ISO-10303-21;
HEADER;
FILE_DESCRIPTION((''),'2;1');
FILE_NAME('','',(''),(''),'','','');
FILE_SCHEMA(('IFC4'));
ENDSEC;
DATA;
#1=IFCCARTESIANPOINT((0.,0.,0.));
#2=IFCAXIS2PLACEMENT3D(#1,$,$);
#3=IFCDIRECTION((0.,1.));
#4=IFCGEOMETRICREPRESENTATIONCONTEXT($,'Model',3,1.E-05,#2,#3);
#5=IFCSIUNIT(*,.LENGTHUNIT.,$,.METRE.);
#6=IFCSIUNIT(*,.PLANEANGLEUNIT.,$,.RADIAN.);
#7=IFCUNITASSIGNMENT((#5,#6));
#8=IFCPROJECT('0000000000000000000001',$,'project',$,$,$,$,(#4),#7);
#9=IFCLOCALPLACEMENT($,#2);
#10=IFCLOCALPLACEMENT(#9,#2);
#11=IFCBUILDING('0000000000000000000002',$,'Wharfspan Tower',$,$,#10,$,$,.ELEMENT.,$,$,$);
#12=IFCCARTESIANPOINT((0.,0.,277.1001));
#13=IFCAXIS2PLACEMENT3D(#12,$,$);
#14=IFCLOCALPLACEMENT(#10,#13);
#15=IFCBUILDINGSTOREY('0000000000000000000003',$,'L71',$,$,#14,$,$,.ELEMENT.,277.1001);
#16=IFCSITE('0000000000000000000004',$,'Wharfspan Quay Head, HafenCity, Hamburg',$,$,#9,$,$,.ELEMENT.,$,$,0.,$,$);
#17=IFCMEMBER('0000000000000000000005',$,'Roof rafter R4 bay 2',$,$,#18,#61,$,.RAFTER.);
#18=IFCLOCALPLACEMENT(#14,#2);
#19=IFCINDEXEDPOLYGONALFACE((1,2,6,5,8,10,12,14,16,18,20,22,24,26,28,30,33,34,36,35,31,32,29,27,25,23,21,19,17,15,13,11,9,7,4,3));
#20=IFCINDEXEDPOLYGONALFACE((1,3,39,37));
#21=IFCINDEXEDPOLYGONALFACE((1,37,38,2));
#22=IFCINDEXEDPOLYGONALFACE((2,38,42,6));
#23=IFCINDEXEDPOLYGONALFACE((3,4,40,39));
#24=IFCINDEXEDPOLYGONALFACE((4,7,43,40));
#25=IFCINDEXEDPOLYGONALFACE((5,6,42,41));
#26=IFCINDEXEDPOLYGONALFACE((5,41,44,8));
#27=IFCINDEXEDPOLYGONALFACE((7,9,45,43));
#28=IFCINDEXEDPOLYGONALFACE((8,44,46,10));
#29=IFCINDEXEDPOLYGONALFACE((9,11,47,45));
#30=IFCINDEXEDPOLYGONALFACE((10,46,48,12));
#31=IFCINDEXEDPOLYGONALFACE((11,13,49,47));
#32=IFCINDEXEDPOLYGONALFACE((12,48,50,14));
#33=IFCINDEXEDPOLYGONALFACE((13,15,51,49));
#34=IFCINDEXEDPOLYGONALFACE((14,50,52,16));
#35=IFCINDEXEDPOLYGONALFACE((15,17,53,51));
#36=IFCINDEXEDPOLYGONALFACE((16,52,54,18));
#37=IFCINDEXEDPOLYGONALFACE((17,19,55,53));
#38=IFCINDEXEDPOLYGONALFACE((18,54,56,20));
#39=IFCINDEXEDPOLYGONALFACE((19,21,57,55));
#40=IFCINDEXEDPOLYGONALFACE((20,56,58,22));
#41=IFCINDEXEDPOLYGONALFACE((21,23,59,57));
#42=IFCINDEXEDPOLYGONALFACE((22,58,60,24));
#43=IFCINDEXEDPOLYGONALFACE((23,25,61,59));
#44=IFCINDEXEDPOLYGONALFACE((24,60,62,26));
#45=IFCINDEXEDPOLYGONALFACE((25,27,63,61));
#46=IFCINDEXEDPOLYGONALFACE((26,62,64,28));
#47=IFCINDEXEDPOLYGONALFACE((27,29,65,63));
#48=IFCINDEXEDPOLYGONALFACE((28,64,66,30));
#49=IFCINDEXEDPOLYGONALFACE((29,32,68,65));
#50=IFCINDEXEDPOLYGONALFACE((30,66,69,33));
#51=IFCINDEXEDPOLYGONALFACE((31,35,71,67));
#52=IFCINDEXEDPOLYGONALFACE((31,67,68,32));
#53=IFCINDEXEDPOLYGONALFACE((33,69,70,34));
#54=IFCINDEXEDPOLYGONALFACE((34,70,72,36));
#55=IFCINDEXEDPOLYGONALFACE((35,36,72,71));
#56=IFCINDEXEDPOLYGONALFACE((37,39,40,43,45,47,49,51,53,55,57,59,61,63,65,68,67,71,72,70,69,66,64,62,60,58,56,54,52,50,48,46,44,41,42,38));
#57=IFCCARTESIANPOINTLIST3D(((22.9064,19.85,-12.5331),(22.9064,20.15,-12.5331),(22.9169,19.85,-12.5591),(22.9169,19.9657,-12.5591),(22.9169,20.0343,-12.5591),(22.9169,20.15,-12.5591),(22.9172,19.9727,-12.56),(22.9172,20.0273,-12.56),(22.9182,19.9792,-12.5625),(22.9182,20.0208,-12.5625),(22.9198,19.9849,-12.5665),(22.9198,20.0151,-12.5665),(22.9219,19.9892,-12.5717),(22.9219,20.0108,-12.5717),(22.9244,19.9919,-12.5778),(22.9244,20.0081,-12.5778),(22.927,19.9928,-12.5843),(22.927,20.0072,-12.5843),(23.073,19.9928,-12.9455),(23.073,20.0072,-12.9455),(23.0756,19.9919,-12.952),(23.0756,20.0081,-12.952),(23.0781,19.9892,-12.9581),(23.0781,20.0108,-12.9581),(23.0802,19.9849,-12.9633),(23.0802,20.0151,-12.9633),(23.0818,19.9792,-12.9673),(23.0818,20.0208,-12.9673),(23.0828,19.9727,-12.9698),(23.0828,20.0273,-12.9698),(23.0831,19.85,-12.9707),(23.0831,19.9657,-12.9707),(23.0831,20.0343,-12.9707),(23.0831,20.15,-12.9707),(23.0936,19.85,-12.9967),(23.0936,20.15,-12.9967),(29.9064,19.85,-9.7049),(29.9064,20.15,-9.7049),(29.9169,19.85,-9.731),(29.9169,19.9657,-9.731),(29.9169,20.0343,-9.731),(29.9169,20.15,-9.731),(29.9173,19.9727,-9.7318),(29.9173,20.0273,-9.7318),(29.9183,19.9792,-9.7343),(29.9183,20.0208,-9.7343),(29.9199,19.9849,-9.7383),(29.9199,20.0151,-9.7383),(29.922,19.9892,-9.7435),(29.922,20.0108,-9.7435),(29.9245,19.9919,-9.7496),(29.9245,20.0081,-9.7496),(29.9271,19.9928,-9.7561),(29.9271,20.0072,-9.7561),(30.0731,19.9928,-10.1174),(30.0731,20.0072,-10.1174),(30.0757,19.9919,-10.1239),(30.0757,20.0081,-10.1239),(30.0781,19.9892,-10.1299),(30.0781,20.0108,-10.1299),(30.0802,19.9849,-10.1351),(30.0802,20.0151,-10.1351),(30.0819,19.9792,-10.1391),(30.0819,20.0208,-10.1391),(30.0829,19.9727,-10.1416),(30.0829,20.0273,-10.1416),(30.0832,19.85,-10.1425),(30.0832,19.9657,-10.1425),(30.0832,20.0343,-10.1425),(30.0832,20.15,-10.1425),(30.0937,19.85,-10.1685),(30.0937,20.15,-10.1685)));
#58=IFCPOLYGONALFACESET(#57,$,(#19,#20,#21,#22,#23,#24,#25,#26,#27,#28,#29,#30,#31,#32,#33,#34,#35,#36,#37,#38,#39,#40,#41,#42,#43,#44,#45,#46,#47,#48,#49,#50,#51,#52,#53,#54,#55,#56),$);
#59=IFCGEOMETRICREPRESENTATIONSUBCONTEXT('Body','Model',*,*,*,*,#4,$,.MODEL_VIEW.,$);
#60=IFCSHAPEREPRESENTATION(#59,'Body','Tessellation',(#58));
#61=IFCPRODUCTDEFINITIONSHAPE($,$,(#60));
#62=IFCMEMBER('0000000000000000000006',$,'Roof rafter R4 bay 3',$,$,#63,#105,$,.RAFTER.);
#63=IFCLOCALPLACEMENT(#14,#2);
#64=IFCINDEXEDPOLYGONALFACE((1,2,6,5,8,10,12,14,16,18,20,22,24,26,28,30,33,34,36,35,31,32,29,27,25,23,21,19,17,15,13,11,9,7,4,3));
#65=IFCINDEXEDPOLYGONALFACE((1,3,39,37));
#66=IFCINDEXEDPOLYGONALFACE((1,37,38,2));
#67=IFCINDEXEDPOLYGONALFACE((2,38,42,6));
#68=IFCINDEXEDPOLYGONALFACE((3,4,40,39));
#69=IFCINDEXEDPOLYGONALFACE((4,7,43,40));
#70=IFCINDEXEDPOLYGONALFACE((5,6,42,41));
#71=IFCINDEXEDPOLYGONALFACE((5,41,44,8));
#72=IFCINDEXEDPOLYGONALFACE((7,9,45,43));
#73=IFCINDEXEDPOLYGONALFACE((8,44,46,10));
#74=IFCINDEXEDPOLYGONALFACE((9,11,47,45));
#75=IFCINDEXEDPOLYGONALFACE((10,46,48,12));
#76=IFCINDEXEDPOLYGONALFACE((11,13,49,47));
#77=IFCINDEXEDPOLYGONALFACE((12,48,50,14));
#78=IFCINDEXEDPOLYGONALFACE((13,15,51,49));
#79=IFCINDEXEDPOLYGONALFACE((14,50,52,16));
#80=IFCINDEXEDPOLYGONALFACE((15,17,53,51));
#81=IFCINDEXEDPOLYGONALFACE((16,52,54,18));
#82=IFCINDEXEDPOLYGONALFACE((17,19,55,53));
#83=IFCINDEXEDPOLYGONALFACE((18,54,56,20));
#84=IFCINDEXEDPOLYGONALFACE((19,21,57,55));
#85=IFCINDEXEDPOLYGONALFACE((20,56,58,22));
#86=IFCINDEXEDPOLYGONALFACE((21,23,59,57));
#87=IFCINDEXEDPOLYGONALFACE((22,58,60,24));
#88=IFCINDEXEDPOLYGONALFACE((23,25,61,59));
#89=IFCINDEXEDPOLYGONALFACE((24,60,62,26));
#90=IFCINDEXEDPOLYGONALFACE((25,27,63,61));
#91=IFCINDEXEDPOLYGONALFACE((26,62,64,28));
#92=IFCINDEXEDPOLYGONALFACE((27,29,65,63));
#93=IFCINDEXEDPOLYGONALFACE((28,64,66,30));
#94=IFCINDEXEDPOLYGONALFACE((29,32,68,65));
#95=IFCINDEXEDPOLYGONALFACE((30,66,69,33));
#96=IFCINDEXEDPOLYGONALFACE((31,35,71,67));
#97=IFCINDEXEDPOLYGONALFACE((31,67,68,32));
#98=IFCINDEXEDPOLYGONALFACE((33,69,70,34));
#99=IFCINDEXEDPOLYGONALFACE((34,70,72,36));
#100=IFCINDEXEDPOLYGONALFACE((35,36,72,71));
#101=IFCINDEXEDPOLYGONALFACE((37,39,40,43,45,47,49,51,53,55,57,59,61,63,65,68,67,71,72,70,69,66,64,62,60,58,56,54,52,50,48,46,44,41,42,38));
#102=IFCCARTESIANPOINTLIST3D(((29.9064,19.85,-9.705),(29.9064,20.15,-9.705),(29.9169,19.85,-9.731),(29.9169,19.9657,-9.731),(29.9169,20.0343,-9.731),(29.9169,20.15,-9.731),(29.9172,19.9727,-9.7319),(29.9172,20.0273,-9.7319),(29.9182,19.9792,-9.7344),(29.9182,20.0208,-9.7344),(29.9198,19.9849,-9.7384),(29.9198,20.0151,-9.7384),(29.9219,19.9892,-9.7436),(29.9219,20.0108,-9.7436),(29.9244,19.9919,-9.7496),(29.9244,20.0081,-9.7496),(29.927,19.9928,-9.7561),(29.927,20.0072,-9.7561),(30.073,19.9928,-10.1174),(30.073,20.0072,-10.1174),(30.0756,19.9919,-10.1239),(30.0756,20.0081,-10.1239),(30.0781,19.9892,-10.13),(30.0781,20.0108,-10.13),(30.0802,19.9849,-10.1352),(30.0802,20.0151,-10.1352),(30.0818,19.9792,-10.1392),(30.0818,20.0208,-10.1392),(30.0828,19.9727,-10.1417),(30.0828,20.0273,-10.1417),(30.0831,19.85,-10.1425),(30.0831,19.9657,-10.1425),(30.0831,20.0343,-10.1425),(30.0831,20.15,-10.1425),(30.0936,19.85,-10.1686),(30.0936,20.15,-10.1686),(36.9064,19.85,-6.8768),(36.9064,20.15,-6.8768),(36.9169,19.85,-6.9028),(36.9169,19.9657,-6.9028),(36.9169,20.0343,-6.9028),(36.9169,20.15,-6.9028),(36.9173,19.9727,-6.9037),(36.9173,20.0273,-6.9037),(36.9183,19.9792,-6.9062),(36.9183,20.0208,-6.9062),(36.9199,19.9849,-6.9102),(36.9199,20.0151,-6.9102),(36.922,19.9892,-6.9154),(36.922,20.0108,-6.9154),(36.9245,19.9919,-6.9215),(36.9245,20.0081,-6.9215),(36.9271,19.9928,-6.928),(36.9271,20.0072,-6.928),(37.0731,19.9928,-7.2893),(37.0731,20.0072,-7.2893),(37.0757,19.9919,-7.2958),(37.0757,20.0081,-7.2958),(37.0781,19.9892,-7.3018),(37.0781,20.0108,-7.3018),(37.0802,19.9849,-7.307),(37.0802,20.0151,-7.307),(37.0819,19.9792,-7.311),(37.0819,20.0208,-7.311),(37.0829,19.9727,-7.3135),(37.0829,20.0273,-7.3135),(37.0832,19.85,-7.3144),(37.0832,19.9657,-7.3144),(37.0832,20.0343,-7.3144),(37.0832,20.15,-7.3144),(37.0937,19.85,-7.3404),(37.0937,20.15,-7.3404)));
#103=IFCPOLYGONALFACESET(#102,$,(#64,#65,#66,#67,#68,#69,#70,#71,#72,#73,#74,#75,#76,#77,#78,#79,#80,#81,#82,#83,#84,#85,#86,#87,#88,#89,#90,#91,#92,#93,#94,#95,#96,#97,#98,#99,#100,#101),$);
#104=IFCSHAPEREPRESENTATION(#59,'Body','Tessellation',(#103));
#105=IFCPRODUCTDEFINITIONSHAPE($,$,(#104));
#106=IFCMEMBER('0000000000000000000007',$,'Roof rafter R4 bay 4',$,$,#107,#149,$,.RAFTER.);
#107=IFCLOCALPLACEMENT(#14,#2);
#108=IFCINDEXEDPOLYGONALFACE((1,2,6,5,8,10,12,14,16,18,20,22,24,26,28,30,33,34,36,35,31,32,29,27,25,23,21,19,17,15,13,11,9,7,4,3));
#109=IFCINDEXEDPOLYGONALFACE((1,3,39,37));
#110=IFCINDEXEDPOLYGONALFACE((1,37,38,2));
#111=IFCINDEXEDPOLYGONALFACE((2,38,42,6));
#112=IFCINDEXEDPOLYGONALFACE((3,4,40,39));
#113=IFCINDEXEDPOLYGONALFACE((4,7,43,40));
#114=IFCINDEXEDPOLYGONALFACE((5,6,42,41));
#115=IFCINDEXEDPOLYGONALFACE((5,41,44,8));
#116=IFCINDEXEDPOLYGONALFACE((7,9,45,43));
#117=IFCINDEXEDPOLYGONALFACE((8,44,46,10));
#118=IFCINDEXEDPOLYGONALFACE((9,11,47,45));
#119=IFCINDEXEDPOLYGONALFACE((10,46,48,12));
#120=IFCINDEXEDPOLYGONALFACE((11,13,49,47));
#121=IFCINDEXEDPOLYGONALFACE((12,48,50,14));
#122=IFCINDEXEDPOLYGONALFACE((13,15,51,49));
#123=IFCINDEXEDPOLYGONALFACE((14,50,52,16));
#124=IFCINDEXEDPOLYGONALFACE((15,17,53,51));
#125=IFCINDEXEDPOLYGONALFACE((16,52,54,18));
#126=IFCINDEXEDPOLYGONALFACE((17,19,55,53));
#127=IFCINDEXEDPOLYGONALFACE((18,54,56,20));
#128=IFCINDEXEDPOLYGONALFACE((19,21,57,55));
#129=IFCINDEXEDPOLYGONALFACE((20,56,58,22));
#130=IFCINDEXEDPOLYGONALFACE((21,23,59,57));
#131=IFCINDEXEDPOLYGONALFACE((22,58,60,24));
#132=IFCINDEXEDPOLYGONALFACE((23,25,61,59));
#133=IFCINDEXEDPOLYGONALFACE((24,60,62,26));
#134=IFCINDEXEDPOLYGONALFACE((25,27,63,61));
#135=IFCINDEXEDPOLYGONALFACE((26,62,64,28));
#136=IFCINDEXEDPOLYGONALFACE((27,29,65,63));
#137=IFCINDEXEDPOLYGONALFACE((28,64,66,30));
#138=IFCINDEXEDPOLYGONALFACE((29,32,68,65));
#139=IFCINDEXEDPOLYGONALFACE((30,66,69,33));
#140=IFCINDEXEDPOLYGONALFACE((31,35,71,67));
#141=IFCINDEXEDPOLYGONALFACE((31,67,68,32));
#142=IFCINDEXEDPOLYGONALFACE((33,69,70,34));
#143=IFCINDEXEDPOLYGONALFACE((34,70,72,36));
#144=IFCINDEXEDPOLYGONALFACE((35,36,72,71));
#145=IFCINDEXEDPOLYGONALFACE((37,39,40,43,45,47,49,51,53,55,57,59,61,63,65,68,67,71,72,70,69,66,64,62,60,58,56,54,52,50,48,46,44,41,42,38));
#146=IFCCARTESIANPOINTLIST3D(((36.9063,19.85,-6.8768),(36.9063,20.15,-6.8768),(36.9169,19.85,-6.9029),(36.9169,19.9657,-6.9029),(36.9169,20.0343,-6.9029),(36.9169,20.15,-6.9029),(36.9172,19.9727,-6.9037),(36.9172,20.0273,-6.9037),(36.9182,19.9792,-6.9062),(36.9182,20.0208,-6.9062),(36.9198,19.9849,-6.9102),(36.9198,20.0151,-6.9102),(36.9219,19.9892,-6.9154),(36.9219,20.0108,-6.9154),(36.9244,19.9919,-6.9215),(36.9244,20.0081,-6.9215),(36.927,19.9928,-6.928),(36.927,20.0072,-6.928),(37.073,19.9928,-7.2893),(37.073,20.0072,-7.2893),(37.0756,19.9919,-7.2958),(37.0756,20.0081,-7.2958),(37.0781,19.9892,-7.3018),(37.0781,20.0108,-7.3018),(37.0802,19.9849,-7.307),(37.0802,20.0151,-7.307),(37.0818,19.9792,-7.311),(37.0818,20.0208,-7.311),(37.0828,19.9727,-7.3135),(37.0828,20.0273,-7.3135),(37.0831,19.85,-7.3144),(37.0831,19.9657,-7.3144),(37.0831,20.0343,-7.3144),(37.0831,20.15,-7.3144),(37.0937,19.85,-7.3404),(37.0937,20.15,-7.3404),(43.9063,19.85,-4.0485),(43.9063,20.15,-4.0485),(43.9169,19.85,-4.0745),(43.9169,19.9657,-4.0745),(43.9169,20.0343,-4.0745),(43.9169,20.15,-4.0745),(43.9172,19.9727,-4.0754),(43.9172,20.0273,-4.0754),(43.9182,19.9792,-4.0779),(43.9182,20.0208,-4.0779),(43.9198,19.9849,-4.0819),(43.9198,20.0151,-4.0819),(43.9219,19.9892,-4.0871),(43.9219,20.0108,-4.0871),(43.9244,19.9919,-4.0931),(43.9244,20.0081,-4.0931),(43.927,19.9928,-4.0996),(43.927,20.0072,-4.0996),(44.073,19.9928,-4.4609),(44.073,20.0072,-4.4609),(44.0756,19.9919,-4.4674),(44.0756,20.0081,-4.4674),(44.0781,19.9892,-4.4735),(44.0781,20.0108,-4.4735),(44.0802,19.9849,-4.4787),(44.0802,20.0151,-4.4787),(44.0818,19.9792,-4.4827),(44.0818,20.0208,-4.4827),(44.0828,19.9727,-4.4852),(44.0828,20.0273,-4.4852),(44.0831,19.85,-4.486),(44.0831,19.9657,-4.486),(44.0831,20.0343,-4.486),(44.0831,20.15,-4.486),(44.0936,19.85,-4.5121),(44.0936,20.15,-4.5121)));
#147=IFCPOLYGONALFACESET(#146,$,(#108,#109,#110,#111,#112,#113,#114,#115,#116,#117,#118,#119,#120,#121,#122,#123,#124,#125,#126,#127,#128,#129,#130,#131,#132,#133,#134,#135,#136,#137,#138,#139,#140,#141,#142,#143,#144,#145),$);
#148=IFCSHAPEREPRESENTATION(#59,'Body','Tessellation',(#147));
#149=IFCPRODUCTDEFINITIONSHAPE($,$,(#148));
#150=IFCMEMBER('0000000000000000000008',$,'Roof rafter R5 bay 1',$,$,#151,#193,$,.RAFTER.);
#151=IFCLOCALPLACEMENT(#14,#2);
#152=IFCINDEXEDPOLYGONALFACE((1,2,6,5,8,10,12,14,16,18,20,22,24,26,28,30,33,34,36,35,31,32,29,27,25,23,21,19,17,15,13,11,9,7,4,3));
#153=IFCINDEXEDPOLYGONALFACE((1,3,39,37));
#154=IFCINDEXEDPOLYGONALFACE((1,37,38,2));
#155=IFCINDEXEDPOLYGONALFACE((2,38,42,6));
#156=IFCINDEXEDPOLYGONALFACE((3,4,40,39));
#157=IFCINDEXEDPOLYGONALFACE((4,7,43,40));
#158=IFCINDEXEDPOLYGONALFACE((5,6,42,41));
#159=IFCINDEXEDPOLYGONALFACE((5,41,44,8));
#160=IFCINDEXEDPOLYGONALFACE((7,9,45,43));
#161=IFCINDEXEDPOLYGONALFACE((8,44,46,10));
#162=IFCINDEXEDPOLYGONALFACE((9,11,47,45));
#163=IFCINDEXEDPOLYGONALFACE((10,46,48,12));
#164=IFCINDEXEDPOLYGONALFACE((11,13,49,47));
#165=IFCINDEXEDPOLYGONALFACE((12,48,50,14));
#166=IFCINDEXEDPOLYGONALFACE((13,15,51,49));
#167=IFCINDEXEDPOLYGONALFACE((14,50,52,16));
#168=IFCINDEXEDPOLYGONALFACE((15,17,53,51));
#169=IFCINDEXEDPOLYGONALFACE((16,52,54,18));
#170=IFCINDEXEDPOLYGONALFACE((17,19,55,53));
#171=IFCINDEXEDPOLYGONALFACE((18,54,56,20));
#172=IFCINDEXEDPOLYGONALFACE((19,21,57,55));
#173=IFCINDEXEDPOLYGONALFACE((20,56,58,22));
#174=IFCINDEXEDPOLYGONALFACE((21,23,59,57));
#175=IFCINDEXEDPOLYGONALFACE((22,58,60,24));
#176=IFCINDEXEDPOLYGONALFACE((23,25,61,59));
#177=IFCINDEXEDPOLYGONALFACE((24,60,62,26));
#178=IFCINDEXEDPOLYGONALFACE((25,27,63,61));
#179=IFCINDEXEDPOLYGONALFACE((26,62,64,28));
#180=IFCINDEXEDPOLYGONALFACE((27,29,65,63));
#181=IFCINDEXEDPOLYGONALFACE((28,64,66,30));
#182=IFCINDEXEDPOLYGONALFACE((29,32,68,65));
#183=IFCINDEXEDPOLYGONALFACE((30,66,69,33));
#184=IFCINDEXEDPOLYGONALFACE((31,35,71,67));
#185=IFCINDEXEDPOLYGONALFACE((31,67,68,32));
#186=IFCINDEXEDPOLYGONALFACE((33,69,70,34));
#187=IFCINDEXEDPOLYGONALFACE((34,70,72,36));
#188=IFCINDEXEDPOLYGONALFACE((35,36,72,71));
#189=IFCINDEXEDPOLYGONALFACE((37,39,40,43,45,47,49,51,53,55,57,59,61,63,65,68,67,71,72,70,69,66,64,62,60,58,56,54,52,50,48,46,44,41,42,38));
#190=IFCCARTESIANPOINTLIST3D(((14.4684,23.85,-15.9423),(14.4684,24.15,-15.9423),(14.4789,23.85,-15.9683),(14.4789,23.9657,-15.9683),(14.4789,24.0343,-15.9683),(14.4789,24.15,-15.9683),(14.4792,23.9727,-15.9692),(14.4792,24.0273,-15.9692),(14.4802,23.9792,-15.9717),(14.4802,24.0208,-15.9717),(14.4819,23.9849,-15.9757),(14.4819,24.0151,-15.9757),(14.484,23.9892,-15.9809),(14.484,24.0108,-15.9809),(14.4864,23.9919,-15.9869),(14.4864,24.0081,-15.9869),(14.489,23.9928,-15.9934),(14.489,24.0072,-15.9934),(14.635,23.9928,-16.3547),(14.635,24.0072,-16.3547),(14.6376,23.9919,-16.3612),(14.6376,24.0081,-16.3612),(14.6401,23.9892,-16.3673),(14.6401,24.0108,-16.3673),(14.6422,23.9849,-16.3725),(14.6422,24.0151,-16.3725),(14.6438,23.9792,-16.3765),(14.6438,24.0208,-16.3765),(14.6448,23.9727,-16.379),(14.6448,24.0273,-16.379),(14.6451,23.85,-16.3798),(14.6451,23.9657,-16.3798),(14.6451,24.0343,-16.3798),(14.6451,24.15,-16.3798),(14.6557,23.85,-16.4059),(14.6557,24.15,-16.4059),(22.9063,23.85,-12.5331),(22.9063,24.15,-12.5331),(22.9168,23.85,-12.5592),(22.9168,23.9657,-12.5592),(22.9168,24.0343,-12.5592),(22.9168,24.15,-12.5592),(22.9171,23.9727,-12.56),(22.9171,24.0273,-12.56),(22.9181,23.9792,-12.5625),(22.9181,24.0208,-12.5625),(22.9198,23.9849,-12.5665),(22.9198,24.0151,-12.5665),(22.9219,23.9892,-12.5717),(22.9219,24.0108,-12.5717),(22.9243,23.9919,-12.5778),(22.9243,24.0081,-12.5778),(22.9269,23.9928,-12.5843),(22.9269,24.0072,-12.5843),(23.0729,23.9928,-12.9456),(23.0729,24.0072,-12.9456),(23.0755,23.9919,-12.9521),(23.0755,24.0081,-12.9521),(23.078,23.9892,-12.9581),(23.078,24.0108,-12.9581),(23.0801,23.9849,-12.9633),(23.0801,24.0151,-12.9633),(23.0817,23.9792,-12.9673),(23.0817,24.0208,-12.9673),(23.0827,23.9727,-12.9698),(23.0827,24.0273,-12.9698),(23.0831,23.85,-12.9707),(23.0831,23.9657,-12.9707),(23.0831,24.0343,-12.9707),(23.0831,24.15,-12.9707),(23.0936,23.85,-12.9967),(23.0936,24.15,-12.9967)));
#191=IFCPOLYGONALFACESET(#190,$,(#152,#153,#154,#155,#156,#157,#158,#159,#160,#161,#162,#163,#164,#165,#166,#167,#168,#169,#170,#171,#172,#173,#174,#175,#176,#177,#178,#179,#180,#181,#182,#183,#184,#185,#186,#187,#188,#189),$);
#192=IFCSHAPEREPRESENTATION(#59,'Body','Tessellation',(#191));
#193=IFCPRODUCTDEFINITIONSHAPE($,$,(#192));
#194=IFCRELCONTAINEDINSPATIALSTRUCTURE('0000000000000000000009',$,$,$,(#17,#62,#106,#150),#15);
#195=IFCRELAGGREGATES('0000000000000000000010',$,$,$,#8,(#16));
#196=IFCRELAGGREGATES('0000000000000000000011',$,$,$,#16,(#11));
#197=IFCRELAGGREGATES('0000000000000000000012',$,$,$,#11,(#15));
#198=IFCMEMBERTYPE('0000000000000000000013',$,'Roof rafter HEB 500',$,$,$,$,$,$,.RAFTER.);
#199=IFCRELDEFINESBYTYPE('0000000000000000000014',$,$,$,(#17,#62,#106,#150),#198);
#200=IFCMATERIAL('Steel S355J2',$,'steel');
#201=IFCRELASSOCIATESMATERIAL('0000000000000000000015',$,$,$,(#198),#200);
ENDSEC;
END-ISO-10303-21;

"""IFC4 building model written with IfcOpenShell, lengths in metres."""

from ifc_helpers import new_model, si_unit, direction, frame, origin, origin_2d, place, context, subcontext, project, spatial, i_section, extrude, material, material_profile, profile_set, type_object, element, save


model = new_model("IFC4")

# Units and contexts
model_context = context("Model", 3, precision=1e-05, world=origin(), true_north=direction((0.0, 1.0)))
body_context = subcontext(model_context, "Body", "Model", "MODEL_VIEW")
ifc_project = project(units=[si_unit("LENGTHUNIT", "METRE"), si_unit("PLANEANGLEUNIT", "RADIAN")], contexts=[model_context])

# Site, building, storey
site_placement = place(None, origin())
site = spatial("IfcSite", under=ifc_project, at=site_placement, Name="Wharfspan Quay Head, HafenCity, Hamburg", CompositionType="ELEMENT", RefElevation=0.0)
building_placement = place(site_placement, origin())
building = spatial("IfcBuilding", under=site, at=building_placement, Name="Wharfspan Tower", CompositionType="ELEMENT")
storey_placement = place(building_placement, frame((0.0, 0.0, 277.1001)))
storey = spatial("IfcBuildingStorey", under=building, at=storey_placement, Name="L71", CompositionType="ELEMENT", Elevation=277.1001)

# Members
ifc_material_1 = material(Name="Steel S355J2", Category="steel")
ifc_material_profile = material_profile(ifc_material_1, i_section(OverallWidth=0.3, OverallDepth=0.5, WebThickness=0.0144, FlangeThickness=0.0281, FilletRadius=0.0271, at=origin_2d()))
ifc_profile_set = profile_set([ifc_material_profile], Name="Steel S355J2")
member_type = type_object("IfcMemberType", Name="Roof rafter HEB 500", PredefinedType="RAFTER", material=ifc_profile_set)
for number, where, z_axis, x_axis, name in (
    (1, (23.0, 20.0, -12.7649), (0.927187, 0.0, 0.3746), (0.0, 1.0, 0.0), "Roof rafter R4 bay 2"),
    (2, (30.0, 20.0, -9.9368), (0.927187, 0.0, 0.3746), (0.0, 1.0, 0.0), "Roof rafter R4 bay 3"),
    (3, (37.0, 20.0, -7.1086), (0.927175, 0.0, 0.374628), (0.0, 1.0, 0.0), "Roof rafter R4 bay 4"),
):
    element("IfcMember", number, at=place(storey_placement, frame(where, z_axis=z_axis, x_axis=x_axis)), inside=storey, type_object=member_type, Name=name, PredefinedType="RAFTER", context=body_context, shape_type="SweptSolid", body=[
        extrude(i_section(OverallWidth=0.3, OverallDepth=0.5, WebThickness=0.0144, FlangeThickness=0.0281, FilletRadius=0.0271, at=origin_2d()), origin(), (0.0, 0.0, 1.0), 7.5498),
    ])
member_1_placement = place(storey_placement, frame((14.562, 24.0, -16.1741), z_axis=(0.927183, 0.0, 0.374608), x_axis=(0.0, 1.0, 0.0)))
element("IfcMember", 4, at=member_1_placement, inside=storey, type_object=member_type, Name="Roof rafter R5 bay 1", PredefinedType="RAFTER", context=body_context, shape_type="SweptSolid", body=[
    extrude(i_section(OverallWidth=0.3, OverallDepth=0.5, WebThickness=0.0144, FlangeThickness=0.0281, FilletRadius=0.0271, at=origin_2d()), origin(), (0.0, 0.0, 1.0), 9.1006),
])

save(model, "model.ifc")
